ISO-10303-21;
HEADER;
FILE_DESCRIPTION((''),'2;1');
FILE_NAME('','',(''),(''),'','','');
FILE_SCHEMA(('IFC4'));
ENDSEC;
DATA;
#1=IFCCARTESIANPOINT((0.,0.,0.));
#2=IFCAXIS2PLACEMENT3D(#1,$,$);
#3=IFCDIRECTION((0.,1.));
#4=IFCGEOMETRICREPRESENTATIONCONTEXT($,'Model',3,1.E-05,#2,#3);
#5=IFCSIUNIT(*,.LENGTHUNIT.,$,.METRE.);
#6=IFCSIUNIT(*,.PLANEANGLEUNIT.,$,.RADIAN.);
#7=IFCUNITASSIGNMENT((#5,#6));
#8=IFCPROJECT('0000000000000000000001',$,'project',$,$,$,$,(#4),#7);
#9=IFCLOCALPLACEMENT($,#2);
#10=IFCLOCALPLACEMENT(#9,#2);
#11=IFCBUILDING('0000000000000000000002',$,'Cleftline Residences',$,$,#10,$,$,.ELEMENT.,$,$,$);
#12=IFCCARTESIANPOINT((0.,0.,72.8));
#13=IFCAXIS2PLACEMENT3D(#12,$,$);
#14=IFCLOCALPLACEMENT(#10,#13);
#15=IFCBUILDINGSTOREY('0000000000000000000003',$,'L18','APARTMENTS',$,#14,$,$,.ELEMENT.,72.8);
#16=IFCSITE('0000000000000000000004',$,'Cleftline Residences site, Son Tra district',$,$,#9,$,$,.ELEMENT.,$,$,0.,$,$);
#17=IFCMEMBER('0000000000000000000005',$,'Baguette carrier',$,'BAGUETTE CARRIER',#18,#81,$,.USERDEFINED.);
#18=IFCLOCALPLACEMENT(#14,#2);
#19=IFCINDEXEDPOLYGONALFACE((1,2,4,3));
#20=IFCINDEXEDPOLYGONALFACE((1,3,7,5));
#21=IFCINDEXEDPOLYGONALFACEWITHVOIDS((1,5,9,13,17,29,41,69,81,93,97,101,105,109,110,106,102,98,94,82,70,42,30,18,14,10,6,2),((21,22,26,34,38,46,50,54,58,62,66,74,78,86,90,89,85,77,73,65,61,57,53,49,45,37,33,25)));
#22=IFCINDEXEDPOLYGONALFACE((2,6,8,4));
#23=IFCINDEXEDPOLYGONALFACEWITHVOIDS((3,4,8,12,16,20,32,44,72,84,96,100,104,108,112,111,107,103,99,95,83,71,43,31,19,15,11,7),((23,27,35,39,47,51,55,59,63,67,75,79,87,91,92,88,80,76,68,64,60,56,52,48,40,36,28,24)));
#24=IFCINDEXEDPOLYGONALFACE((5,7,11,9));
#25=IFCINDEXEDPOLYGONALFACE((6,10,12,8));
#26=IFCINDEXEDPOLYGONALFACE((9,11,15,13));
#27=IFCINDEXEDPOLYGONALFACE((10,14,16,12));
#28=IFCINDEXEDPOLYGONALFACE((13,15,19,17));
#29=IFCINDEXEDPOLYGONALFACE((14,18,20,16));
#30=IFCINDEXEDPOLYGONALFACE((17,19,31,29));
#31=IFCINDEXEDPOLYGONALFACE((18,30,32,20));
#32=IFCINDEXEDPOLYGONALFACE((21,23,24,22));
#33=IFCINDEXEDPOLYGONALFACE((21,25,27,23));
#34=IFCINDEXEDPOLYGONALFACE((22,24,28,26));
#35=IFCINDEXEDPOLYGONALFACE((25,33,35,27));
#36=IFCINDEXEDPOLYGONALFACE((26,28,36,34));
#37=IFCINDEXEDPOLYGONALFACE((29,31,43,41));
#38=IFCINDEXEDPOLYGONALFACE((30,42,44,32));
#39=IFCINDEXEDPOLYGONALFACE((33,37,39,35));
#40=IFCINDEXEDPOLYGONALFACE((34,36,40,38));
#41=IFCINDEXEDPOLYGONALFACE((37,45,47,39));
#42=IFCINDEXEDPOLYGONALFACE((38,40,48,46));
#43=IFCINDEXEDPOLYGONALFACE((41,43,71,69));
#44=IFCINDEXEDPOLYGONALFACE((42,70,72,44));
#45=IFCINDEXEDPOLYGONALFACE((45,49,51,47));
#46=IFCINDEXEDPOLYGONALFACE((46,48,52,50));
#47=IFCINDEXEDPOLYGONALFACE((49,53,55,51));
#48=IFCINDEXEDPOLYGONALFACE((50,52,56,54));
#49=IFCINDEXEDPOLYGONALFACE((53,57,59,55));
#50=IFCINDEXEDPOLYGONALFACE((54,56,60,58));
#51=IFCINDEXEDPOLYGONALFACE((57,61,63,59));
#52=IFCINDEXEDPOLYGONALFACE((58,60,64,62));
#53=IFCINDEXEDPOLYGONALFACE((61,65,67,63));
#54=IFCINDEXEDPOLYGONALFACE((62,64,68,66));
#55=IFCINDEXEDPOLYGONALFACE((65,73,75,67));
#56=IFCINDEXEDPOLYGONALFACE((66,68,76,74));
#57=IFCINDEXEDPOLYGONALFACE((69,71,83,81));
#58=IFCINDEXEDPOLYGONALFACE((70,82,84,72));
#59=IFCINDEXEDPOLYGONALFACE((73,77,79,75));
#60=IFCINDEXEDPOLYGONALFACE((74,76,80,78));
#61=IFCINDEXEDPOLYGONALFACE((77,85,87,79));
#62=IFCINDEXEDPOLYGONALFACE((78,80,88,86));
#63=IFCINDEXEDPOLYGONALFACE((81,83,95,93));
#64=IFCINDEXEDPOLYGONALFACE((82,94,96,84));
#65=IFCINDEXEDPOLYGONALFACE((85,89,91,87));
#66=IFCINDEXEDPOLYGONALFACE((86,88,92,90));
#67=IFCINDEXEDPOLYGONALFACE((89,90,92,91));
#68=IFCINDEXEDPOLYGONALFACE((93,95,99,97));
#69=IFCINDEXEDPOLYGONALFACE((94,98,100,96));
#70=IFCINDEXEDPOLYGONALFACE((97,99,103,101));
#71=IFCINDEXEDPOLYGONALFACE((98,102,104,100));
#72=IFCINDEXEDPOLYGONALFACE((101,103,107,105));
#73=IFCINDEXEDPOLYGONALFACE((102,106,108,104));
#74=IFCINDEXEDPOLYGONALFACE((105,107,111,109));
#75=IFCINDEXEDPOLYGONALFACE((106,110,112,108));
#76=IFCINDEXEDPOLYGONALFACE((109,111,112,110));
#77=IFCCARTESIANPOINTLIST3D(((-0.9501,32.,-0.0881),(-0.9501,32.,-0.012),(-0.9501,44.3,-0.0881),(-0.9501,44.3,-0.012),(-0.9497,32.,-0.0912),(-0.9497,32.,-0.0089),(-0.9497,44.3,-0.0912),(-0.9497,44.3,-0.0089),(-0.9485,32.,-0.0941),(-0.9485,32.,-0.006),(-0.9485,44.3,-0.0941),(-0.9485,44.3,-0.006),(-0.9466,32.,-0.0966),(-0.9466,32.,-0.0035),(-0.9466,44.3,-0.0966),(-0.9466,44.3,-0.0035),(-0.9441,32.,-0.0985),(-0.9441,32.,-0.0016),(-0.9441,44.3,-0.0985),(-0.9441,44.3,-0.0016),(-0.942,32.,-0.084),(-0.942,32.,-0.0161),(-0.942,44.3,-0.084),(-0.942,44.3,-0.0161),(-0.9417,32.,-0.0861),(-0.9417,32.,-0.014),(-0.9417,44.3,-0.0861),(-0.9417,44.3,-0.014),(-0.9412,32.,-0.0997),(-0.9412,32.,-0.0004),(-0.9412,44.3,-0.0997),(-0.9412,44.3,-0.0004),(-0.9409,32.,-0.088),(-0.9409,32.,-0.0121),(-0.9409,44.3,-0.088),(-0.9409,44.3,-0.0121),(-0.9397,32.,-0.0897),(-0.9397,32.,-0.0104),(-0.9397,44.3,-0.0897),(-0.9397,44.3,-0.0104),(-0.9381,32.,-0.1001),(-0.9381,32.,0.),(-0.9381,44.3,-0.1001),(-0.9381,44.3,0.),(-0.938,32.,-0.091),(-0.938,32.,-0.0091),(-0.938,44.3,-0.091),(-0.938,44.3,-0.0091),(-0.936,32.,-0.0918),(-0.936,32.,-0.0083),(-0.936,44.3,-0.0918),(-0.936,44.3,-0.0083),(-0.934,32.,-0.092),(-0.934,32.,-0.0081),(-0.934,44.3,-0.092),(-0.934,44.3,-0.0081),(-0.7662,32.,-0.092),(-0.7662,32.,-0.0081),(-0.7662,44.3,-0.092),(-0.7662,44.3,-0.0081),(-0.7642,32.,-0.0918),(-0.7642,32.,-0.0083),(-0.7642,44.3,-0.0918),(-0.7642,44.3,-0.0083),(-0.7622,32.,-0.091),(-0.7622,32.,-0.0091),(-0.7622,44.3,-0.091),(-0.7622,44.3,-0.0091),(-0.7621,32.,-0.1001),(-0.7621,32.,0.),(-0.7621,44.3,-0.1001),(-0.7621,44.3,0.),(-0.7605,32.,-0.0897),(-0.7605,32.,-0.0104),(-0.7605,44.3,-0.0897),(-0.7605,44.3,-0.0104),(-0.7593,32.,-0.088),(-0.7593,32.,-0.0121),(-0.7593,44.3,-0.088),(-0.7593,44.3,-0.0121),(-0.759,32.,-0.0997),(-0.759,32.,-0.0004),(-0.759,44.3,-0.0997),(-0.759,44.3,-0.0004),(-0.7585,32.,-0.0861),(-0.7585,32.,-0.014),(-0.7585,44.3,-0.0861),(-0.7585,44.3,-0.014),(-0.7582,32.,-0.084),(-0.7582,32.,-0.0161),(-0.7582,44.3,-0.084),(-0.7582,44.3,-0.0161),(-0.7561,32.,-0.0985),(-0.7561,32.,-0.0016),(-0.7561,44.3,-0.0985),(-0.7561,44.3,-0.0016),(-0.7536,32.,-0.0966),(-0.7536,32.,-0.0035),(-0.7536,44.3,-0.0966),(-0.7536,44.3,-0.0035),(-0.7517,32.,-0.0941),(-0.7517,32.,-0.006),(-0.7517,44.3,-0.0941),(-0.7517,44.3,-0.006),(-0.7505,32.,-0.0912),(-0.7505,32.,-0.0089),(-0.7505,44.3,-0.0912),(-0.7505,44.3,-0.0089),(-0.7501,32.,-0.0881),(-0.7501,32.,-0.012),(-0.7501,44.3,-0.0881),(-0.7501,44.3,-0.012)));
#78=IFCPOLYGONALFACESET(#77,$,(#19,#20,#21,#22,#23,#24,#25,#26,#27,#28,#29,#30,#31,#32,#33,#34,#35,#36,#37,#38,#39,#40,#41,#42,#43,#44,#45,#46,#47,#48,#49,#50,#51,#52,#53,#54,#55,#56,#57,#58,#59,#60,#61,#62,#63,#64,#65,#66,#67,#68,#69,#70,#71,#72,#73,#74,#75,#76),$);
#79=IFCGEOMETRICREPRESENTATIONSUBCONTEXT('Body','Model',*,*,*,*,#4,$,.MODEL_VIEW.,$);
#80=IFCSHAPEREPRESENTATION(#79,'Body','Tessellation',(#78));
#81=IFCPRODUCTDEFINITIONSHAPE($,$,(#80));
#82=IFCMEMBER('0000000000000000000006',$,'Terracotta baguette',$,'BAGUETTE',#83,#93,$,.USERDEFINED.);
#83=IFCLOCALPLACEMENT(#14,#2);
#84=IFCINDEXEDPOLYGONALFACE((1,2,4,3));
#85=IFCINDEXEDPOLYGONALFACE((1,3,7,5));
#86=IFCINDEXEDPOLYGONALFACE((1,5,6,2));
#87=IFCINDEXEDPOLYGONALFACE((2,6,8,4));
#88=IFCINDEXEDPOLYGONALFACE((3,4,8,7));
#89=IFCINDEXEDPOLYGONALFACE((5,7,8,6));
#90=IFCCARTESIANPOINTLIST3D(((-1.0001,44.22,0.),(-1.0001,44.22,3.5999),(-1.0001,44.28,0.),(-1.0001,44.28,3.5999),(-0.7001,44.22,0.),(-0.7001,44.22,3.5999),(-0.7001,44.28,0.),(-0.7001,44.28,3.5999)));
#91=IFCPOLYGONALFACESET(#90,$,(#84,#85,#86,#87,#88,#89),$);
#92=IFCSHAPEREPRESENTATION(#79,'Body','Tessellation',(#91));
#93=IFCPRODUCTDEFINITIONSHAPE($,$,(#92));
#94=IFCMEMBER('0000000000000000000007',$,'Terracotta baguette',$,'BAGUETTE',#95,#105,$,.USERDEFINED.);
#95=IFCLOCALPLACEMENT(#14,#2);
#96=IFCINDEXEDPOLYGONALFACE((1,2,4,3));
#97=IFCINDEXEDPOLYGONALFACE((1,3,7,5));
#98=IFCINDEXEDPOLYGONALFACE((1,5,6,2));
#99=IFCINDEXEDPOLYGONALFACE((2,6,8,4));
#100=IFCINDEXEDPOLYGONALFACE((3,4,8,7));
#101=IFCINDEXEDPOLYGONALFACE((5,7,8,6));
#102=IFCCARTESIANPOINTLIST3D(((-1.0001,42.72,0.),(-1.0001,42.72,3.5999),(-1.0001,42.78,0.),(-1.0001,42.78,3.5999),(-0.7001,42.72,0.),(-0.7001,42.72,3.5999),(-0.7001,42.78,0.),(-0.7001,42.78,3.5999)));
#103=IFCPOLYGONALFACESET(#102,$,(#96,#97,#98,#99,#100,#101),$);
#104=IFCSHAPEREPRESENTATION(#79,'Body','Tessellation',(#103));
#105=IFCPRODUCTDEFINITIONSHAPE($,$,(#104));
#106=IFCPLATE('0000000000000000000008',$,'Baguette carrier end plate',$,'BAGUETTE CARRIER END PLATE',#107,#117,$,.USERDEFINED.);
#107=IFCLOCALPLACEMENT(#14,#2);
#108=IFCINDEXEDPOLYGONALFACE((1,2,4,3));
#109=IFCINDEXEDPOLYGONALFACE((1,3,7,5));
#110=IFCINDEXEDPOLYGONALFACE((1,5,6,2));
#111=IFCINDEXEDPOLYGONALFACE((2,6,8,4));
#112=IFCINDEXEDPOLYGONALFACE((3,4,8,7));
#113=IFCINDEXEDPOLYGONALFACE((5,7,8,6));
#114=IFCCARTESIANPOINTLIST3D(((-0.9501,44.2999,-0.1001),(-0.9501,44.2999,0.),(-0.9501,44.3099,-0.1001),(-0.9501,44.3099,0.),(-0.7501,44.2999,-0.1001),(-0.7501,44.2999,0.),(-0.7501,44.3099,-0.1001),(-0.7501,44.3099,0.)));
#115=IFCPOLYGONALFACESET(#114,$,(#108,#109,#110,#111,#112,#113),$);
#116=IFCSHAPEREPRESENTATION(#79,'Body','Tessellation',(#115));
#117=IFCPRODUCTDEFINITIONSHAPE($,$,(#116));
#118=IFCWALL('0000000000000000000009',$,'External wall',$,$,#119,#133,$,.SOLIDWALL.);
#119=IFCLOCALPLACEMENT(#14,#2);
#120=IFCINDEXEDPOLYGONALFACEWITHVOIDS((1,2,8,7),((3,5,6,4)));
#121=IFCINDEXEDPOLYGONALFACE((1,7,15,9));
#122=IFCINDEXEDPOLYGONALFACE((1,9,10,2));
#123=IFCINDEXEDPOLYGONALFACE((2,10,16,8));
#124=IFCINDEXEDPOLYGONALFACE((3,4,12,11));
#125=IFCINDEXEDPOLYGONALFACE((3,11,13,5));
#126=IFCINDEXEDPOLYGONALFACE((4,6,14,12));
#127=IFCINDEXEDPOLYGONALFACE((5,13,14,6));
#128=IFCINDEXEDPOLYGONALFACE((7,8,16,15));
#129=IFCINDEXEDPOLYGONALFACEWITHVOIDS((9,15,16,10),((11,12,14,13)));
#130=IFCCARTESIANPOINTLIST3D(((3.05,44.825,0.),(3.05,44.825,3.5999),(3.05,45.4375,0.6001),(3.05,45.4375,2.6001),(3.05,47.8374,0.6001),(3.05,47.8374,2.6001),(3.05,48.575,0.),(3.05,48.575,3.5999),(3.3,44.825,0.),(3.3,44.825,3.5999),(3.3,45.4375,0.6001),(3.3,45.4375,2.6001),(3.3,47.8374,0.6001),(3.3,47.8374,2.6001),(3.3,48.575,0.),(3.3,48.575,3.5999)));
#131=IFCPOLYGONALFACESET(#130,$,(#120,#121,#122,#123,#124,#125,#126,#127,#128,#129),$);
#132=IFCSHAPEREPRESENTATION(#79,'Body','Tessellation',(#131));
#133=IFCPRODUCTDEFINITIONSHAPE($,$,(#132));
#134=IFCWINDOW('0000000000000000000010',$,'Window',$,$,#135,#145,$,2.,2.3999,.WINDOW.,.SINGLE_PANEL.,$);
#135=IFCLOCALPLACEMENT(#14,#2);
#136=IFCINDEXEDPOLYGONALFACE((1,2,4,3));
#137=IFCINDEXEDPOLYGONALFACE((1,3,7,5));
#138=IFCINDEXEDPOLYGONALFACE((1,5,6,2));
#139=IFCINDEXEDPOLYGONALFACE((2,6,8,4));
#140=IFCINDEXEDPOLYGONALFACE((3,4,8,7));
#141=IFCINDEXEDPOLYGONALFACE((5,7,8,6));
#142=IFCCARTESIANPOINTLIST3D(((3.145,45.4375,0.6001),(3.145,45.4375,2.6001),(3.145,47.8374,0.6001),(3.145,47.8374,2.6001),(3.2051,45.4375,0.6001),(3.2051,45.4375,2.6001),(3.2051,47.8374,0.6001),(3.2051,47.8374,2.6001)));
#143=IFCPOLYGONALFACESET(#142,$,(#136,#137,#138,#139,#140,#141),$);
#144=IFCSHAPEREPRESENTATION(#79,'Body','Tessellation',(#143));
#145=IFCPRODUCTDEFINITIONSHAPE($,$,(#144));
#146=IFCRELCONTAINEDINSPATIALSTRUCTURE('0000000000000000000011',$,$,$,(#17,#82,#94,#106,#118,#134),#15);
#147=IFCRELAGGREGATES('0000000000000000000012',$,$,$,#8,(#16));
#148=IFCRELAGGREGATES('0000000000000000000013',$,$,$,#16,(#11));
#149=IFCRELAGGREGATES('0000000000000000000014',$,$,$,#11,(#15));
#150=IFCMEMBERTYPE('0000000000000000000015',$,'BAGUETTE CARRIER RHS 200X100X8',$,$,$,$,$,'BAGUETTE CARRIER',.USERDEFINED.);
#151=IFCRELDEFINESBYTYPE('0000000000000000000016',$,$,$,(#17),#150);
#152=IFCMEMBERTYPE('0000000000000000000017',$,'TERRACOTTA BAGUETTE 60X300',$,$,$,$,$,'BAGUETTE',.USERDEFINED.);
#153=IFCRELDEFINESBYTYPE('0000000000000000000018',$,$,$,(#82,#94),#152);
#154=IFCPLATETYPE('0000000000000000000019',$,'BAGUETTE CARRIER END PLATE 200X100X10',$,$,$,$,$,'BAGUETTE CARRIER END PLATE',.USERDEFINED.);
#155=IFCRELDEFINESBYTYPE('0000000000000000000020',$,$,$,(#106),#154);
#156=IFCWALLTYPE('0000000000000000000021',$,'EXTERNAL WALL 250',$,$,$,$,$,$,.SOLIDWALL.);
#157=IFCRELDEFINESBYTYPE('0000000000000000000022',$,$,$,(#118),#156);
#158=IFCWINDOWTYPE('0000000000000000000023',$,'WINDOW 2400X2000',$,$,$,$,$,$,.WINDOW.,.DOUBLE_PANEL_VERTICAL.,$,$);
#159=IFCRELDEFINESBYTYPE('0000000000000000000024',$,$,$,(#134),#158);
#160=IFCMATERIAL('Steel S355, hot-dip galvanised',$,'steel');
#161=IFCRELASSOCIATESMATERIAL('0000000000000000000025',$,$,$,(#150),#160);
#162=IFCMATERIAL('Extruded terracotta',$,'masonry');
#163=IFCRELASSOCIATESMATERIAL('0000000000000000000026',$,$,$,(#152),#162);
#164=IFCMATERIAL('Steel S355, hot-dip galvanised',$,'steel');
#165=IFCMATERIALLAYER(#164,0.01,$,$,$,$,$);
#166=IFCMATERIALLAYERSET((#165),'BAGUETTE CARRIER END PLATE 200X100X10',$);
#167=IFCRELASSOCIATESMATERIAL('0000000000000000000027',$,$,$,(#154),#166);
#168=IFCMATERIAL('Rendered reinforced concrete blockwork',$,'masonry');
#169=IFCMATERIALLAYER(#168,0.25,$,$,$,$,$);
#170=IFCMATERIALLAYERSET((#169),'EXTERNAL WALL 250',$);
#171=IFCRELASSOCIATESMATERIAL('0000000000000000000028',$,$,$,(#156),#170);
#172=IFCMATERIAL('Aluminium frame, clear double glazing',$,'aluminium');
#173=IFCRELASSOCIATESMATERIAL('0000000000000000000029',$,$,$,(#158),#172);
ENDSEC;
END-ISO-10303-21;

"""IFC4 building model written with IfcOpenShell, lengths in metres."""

from ifc_helpers import new_model, si_unit, direction, frame, frame_2d, origin, origin_2d, place, context, subcontext, project, spatial, rectangle, hollow_rectangle, extrude, material, layer, layer_set, material_profile, profile_set, type_object, element, fill, save


model = new_model("IFC4")

# Units and contexts
model_context = context("Model", 3, precision=1e-05, world=origin(), true_north=direction((0.0, 1.0)))
body_context = subcontext(model_context, "Body", "Model", "MODEL_VIEW")
ifc_project = project(units=[si_unit("LENGTHUNIT", "METRE"), si_unit("PLANEANGLEUNIT", "RADIAN")], contexts=[model_context])

# Site, building, storey
site_placement = place(None, origin())
site = spatial("IfcSite", under=ifc_project, at=site_placement, Name="Cleftline Residences site, Son Tra district", CompositionType="ELEMENT", RefElevation=0.0)
building_placement = place(site_placement, origin())
building = spatial("IfcBuilding", under=site, at=building_placement, Name="Cleftline Residences", CompositionType="ELEMENT")
storey_placement = place(building_placement, frame((0.0, 0.0, 72.8)))
storey = spatial("IfcBuildingStorey", under=building, at=storey_placement, Name="L18", Description="APARTMENTS", CompositionType="ELEMENT", Elevation=72.8)

# Members
ifc_material_1 = material(Name="Steel S355, hot-dip galvanised", Category="steel")
ifc_material_profile_1 = material_profile(ifc_material_1, hollow_rectangle(XDim=0.1001, YDim=0.2, WallThickness=0.0081, InnerFilletRadius=0.0081, OuterFilletRadius=0.012, at=origin_2d()))
ifc_profile_set_1 = profile_set([ifc_material_profile_1], Name="Steel S355, hot-dip galvanised")
member_type_1 = type_object("IfcMemberType", Name="BAGUETTE CARRIER RHS 200X100X8", ElementType="BAGUETTE CARRIER", PredefinedType="USERDEFINED", material=ifc_profile_set_1)
member_placement = place(storey_placement, frame((-0.8501, 44.3, -0.05), z_axis=(0.0, -1.0, 0.0), x_axis=(0.0, 0.0, 1.0)))
element("IfcMember", 1, at=member_placement, inside=storey, type_object=member_type_1, Name="Baguette carrier", ObjectType="BAGUETTE CARRIER", PredefinedType="USERDEFINED", context=body_context, shape_type="SweptSolid", body=[
    extrude(hollow_rectangle(XDim=0.1001, YDim=0.2, WallThickness=0.0081, InnerFilletRadius=0.0081, OuterFilletRadius=0.012, at=origin_2d()), origin(), (0.0, 0.0, 1.0), 12.3),
])
ifc_material_2 = material(Name="Extruded terracotta", Category="masonry")
ifc_material_profile_2 = material_profile(ifc_material_2, rectangle(XDim=0.0601, YDim=0.3, at=origin_2d()))
ifc_profile_set_2 = profile_set([ifc_material_profile_2], Name="Extruded terracotta")
member_type_2 = type_object("IfcMemberType", Name="TERRACOTTA BAGUETTE 60X300", ElementType="BAGUETTE", PredefinedType="USERDEFINED", material=ifc_profile_set_2)
for number, where, z_axis, x_axis, name in (
    (2, (-0.8501, 44.25, 0.0), (0.0, 0.0, 1.0), (0.0, 1.0, 0.0), "Terracotta baguette"),
    (3, (-0.8501, 42.75, 0.0), (0.0, 0.0, 1.0), (0.0, 1.0, 0.0), "Terracotta baguette"),
):
    element("IfcMember", number, at=place(storey_placement, frame(where, z_axis=z_axis, x_axis=x_axis)), inside=storey, type_object=member_type_2, Name=name, ObjectType="BAGUETTE", PredefinedType="USERDEFINED", context=body_context, shape_type="SweptSolid", body=[
        extrude(rectangle(XDim=0.0601, YDim=0.3, at=origin_2d()), origin(), (0.0, 0.0, 1.0), 3.5999),
    ])

# Plate
ifc_material_3 = material(Name="Steel S355, hot-dip galvanised", Category="steel")
ifc_layer_1 = layer(ifc_material_3, 0.01)
ifc_layer_set_1 = layer_set([ifc_layer_1], Name="BAGUETTE CARRIER END PLATE 200X100X10")
plate_type = type_object("IfcPlateType", Name="BAGUETTE CARRIER END PLATE 200X100X10", ElementType="BAGUETTE CARRIER END PLATE", PredefinedType="USERDEFINED", material=ifc_layer_set_1)
plate_placement = place(storey_placement, frame((-0.8501, 44.3049, -0.1001), z_axis=(0.0, 0.0, 1.0), x_axis=(-1.0, 0.0, 0.0)))
element("IfcPlate", 4, at=plate_placement, inside=storey, type_object=plate_type, Name="Baguette carrier end plate", ObjectType="BAGUETTE CARRIER END PLATE", PredefinedType="USERDEFINED", context=body_context, shape_type="SweptSolid", body=[
    extrude(rectangle(XDim=0.2, YDim=0.01, at=origin_2d()), origin(), (0.0, 0.0, 1.0), 0.1001),
])

# Wall, opening, window
ifc_material_4 = material(Name="Rendered reinforced concrete blockwork", Category="masonry")
ifc_layer_2 = layer(ifc_material_4, 0.25)
ifc_layer_set_2 = layer_set([ifc_layer_2], Name="EXTERNAL WALL 250")
wall_type = type_object("IfcWallType", Name="EXTERNAL WALL 250", PredefinedType="SOLIDWALL", material=ifc_layer_set_2)
wall_1_placement = place(storey_placement, frame((3.175, 48.575, 0.0), z_axis=(0.0, 0.0, 1.0), x_axis=(0.0, -1.0, 0.0)))
wall_1 = element("IfcWall", 5, at=wall_1_placement, inside=storey, type_object=wall_type, Name="External wall", PredefinedType="SOLIDWALL", context=body_context, shape_type="SweptSolid", body=[
    extrude(rectangle(XDim=3.75, YDim=0.25, at=frame_2d((1.875, 0.0))), origin(), (0.0, 0.0, 1.0), 3.5999),
])
opening_1_placement = place(wall_1_placement, frame((0.7375, 0.0, 0.6001)))
opening_1 = element("IfcOpeningElement", 6, at=opening_1_placement, cuts=wall_1, PredefinedType="OPENING", context=body_context, shape_type="SweptSolid", body=[
    extrude(rectangle(XDim=2.3999, YDim=2.0, at=frame_2d((1.2, 1.0))), frame((0.0, 0.135, 0.0), z_axis=(0.0, -1.0, 0.0), x_axis=(1.0, 0.0, 0.0)), (0.0, 0.0, 1.0), 0.27),
])
ifc_material_5 = material(Name="Aluminium frame, clear double glazing", Category="aluminium")
window_type_1 = type_object("IfcWindowType", Name="WINDOW 2400X2000", PartitioningType="DOUBLE_PANEL_VERTICAL", PredefinedType="WINDOW", material=ifc_material_5)
window_1_placement = place(opening_1_placement, origin())
window_1 = element("IfcWindow", 7, at=window_1_placement, inside=storey, type_object=window_type_1, Name="Window", OverallHeight=2.0, OverallWidth=2.3999, PartitioningType="SINGLE_PANEL", PredefinedType="WINDOW", context=body_context, shape_type="SweptSolid", body=[
    extrude(rectangle(XDim=2.3999, YDim=2.0, at=frame_2d((1.2, 1.0))), frame((0.0, 0.03, 0.0), z_axis=(0.0, -1.0, 0.0), x_axis=(1.0, 0.0, 0.0)), (0.0, 0.0, 1.0), 0.0601),
])
fill(opening_1, window_1)

save(model, "model.ifc")
